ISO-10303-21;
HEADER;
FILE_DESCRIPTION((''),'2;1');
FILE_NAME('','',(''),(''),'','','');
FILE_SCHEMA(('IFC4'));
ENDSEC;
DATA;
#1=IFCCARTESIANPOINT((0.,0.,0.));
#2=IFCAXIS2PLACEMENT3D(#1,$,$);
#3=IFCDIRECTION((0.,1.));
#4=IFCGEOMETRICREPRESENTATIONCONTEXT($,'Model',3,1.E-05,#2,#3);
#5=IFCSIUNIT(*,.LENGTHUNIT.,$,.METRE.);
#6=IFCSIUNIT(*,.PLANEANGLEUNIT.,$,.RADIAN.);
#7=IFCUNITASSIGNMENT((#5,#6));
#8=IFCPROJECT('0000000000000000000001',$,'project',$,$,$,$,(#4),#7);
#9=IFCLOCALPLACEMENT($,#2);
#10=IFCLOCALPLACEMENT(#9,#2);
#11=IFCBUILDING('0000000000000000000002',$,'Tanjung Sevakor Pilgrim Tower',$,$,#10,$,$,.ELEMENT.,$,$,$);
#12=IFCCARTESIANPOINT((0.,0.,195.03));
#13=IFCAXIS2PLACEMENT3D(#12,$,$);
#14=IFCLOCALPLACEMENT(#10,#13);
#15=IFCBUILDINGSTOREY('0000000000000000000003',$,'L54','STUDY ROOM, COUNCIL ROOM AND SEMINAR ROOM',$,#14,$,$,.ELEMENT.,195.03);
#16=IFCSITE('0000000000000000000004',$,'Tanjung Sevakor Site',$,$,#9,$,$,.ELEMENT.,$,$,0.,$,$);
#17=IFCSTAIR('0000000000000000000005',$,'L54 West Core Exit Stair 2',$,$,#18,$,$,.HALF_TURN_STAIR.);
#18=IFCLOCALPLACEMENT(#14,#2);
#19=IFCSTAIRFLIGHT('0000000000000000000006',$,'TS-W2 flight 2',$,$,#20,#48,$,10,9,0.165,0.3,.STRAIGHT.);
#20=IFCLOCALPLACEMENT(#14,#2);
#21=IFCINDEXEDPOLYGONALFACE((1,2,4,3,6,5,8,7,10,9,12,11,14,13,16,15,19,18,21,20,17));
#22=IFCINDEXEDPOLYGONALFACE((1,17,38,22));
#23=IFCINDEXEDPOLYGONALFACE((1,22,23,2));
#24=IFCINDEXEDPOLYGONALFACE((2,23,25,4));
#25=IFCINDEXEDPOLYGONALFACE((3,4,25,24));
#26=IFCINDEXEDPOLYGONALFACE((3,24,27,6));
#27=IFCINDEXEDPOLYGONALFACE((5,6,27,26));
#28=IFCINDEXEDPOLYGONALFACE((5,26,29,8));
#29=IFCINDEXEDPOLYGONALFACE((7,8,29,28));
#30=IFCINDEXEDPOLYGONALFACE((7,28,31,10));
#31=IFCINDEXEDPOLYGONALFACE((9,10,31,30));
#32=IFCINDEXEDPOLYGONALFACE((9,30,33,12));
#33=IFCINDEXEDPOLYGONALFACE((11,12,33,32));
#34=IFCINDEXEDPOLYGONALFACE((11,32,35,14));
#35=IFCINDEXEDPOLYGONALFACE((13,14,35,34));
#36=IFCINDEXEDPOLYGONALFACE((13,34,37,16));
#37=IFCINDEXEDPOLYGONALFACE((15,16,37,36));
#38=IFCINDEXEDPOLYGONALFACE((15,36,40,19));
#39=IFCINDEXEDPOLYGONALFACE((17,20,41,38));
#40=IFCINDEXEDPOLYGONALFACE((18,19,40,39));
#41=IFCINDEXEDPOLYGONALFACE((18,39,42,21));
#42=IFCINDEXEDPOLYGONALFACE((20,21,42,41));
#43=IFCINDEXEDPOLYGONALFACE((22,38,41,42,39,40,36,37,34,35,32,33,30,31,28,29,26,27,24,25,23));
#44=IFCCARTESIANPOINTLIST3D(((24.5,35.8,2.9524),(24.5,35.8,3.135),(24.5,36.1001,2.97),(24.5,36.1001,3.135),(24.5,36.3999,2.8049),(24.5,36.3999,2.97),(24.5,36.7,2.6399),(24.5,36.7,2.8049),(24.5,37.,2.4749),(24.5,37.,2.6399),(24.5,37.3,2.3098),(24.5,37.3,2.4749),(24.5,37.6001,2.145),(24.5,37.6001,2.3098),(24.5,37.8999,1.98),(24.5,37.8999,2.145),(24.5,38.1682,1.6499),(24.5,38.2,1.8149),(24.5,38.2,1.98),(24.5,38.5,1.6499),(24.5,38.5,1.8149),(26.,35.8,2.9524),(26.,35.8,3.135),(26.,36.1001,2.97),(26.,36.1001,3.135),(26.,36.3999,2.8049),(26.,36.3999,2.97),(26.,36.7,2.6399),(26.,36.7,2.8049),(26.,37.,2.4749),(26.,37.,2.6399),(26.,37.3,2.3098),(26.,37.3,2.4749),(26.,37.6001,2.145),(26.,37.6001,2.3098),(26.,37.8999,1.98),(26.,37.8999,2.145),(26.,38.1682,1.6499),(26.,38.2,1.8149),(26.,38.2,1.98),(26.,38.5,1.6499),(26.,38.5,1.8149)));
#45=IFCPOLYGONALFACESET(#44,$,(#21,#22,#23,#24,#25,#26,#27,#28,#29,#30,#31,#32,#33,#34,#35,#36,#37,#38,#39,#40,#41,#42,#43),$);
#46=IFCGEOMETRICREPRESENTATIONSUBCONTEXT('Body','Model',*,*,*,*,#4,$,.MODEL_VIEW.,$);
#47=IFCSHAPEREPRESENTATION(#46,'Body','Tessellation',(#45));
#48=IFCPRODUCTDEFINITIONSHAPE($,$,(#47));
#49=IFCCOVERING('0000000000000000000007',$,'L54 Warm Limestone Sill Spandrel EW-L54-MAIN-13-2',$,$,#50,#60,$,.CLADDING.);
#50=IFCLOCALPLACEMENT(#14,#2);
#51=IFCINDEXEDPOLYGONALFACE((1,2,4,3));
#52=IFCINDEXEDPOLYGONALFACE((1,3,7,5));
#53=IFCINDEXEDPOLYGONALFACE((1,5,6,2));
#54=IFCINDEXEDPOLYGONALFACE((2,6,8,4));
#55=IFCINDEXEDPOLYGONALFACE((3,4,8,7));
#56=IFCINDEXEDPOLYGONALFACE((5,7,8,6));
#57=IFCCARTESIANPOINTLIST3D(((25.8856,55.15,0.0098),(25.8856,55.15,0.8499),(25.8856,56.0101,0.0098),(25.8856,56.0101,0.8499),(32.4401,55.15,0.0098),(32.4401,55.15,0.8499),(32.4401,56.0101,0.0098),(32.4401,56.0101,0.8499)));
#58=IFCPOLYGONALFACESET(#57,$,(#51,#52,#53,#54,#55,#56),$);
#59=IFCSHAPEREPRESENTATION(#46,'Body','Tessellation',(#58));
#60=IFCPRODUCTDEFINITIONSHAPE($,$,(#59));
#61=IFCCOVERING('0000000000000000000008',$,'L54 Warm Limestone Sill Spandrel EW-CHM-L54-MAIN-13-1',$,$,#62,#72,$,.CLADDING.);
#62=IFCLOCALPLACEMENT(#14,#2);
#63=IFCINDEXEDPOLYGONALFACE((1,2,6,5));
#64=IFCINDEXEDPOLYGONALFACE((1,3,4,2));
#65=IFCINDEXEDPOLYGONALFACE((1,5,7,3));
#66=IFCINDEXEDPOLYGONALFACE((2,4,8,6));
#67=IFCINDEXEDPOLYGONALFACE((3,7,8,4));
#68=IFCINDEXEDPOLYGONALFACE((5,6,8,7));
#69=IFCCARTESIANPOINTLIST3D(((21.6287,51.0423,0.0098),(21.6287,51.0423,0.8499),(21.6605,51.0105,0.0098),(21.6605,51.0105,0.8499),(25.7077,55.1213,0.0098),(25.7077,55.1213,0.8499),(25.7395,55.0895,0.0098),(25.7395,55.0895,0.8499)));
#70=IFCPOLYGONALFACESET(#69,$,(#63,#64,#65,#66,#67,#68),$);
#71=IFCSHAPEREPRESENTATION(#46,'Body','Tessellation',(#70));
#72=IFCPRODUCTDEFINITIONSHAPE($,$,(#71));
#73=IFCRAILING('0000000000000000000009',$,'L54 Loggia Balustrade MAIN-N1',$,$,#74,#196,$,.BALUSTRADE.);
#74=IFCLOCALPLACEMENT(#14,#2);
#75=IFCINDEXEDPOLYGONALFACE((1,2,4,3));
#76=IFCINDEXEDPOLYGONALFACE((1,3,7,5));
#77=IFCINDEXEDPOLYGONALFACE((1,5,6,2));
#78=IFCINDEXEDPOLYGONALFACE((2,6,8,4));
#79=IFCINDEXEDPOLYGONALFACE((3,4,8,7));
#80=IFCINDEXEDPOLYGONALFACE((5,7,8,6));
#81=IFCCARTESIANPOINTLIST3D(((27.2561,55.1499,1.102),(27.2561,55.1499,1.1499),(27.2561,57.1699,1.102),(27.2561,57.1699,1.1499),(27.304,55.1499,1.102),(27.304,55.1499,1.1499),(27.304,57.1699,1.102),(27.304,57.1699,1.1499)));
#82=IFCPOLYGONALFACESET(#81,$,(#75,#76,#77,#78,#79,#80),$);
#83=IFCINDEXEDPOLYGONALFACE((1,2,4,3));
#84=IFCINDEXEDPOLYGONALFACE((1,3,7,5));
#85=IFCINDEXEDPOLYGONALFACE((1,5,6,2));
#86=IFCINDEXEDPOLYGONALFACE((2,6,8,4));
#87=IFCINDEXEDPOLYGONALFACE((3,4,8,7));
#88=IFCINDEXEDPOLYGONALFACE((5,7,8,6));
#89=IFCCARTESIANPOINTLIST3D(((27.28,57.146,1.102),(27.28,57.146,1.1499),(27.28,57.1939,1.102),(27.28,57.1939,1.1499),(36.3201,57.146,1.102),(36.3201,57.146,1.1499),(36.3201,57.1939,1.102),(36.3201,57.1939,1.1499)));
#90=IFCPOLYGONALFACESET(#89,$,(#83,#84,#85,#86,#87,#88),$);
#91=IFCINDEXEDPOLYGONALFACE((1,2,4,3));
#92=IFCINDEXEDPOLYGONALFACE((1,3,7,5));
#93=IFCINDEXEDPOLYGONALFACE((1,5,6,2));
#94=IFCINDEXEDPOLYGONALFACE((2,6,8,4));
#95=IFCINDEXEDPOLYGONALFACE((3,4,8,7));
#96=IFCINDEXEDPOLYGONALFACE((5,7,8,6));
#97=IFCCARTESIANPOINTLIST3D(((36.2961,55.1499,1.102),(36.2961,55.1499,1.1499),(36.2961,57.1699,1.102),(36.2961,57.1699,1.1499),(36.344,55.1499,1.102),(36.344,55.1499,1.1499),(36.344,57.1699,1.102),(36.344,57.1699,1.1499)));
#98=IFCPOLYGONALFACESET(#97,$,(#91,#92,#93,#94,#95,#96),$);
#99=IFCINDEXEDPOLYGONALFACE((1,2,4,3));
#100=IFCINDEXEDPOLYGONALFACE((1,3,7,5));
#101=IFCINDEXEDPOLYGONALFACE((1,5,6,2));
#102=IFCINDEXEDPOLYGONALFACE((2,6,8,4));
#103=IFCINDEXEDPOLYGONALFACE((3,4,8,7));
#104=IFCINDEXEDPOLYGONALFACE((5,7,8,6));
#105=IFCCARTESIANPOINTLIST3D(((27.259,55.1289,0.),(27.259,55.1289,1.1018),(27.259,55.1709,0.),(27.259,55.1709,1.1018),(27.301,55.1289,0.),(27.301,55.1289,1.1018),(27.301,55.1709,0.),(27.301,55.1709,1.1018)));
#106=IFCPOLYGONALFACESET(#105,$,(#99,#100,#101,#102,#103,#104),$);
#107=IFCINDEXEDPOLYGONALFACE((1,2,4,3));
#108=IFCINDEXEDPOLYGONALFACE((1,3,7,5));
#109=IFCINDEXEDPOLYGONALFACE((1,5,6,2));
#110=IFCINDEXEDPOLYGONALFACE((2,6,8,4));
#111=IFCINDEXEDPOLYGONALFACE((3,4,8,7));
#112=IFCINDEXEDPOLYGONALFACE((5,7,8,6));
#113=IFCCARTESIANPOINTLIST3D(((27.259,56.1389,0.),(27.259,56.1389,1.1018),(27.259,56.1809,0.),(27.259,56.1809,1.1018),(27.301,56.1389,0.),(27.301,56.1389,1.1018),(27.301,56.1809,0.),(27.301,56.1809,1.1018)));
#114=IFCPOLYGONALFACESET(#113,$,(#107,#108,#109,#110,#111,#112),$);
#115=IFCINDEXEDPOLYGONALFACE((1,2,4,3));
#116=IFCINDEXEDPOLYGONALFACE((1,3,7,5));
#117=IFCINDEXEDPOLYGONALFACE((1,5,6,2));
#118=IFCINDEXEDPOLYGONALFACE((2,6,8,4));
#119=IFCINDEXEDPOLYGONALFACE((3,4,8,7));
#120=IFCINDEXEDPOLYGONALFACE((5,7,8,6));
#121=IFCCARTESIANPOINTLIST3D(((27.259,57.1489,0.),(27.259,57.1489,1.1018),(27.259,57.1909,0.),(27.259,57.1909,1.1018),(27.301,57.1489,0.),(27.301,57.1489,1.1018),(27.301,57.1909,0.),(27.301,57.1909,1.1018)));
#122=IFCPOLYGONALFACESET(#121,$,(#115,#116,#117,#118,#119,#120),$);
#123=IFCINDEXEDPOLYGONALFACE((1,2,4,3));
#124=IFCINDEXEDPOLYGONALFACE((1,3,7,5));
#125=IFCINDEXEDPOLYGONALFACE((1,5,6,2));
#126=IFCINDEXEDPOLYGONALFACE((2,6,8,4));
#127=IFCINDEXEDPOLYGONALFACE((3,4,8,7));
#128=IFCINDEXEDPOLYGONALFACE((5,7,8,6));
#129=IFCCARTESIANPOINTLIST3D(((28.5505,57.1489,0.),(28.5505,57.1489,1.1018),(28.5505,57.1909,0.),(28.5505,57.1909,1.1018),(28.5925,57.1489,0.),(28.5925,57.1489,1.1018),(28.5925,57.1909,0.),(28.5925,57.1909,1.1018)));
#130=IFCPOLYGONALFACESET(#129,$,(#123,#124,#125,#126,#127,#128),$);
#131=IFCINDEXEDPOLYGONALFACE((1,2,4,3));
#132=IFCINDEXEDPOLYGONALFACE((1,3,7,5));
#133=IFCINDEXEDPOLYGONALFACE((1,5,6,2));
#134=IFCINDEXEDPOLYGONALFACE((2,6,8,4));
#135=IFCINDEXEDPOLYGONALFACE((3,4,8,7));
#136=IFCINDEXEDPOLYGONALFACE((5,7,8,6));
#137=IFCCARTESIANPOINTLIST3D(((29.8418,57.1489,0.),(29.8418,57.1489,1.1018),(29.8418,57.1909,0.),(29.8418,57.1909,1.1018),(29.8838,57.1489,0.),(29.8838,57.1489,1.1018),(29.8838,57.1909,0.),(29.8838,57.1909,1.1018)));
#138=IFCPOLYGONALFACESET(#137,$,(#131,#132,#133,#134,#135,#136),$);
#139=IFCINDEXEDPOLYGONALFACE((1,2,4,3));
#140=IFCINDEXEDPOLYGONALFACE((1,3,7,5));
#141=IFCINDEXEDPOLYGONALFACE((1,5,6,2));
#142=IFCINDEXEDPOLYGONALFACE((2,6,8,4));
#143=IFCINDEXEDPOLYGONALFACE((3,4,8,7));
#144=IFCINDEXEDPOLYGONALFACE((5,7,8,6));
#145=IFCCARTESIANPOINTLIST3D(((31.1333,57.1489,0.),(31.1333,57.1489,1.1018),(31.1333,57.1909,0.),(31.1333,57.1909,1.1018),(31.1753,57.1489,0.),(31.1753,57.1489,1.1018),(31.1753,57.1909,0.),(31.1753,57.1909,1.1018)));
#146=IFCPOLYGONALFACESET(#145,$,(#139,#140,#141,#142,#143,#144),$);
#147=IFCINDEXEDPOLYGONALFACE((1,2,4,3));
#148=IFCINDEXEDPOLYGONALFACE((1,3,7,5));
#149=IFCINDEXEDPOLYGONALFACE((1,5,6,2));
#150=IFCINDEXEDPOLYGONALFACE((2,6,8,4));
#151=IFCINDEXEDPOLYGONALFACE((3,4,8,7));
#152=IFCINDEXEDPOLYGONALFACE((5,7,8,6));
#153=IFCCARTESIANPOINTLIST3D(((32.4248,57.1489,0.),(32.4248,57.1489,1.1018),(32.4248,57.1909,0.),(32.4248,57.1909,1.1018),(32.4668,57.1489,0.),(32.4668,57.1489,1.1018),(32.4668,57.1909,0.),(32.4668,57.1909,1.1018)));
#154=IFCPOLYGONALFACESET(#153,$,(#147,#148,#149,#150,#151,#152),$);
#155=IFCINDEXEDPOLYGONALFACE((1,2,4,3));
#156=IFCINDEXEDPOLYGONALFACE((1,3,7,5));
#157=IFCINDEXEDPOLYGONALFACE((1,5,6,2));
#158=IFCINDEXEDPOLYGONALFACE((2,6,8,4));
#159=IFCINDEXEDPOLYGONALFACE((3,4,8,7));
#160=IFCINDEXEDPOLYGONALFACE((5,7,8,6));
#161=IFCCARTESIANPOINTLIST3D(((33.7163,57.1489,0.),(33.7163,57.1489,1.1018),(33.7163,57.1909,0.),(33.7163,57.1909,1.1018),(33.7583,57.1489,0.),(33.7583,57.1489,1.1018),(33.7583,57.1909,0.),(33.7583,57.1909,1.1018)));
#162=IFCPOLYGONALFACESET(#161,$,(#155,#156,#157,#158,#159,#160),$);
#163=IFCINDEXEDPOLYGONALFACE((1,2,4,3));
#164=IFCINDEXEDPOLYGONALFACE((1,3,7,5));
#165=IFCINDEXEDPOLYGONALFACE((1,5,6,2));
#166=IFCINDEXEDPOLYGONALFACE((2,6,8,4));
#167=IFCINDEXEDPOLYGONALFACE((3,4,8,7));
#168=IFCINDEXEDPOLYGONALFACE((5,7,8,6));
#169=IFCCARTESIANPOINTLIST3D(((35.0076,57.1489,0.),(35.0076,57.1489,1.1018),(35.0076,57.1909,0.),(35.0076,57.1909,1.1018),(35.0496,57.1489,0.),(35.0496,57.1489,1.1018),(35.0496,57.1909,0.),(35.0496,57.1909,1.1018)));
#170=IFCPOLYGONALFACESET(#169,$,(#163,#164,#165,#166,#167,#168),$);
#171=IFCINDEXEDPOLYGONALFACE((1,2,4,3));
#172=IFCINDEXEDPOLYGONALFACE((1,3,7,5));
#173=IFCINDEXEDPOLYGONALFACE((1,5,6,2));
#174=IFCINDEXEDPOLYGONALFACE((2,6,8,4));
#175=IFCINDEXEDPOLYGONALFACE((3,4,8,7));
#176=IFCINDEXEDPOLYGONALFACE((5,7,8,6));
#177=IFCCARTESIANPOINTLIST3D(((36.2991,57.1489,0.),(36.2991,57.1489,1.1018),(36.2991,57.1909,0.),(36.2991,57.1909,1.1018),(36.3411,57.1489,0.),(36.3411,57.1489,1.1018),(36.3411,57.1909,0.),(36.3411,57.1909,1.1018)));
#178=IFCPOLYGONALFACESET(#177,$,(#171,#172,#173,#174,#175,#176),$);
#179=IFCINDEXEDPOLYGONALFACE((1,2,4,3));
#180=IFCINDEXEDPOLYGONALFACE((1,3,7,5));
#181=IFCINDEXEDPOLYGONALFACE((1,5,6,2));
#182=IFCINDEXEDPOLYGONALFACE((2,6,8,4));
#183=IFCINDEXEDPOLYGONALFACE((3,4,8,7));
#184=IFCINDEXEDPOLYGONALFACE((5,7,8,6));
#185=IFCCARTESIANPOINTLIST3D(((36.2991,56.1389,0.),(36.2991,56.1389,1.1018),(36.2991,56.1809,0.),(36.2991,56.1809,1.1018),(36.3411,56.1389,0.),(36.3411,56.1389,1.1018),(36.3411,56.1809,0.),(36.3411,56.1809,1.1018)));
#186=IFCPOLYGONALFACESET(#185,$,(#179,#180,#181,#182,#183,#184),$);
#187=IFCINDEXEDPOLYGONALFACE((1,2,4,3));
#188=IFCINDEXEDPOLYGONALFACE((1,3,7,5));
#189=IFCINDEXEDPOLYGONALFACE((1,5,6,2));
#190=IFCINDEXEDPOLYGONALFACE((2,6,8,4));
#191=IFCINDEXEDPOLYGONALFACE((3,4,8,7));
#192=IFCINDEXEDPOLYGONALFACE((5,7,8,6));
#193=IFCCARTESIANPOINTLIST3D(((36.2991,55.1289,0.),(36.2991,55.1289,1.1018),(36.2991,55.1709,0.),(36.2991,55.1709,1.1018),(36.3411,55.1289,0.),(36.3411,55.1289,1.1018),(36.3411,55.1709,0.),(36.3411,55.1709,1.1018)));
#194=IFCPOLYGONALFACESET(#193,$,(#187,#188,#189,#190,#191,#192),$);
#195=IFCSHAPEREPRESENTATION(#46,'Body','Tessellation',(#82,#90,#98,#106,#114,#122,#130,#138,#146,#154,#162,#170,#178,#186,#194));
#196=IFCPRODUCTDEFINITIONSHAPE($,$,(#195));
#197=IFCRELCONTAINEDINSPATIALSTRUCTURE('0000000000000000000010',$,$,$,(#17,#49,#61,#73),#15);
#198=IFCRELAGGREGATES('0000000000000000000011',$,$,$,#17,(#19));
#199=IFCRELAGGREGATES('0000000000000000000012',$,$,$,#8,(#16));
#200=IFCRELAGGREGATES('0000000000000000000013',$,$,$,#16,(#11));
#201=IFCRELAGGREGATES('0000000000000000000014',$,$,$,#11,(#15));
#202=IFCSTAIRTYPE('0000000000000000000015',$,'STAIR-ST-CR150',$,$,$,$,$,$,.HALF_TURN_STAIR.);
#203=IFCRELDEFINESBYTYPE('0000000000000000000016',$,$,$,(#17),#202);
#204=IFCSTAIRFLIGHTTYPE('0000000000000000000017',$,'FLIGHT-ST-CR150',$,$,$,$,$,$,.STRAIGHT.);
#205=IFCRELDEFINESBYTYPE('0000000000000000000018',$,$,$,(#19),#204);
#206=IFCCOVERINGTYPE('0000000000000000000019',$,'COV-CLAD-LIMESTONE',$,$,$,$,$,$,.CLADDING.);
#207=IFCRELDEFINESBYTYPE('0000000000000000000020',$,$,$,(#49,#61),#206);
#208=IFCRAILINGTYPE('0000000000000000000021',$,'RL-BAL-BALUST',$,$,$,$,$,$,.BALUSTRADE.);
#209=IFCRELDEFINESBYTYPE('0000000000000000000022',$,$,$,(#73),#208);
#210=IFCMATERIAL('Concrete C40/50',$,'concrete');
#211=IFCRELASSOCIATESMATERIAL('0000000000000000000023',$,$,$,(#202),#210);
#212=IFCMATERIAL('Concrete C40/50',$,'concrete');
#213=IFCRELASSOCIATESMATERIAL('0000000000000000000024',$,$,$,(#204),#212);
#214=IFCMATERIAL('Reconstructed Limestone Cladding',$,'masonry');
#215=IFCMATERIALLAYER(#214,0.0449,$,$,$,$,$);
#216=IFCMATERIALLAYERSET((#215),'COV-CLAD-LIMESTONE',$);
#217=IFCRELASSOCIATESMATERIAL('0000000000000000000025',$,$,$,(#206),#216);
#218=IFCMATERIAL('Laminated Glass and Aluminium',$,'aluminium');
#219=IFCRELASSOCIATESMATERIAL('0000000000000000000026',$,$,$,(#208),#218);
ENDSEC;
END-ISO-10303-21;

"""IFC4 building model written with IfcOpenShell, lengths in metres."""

from ifc_helpers import new_model, si_unit, direction, frame, origin, origin_2d, place, context, subcontext, project, spatial, polyline, rectangle, outline, extrude, material, layer, layer_set, type_object, element, aggregate, save


model = new_model("IFC4")

# Units and contexts
model_context = context("Model", 3, precision=1e-05, world=origin(), true_north=direction((0.0, 1.0)))
body_context = subcontext(model_context, "Body", "Model", "MODEL_VIEW")
ifc_project = project(units=[si_unit("LENGTHUNIT", "METRE"), si_unit("PLANEANGLEUNIT", "RADIAN")], contexts=[model_context])

# Site, building, storey
site_placement = place(None, origin())
site = spatial("IfcSite", under=ifc_project, at=site_placement, Name="Tanjung Sevakor Site", CompositionType="ELEMENT", RefElevation=0.0)
building_placement = place(site_placement, origin())
building = spatial("IfcBuilding", under=site, at=building_placement, Name="Tanjung Sevakor Pilgrim Tower", CompositionType="ELEMENT")
storey_placement = place(building_placement, frame((0.0, 0.0, 195.03)))
storey = spatial("IfcBuildingStorey", under=building, at=storey_placement, Name="L54", Description="STUDY ROOM, COUNCIL ROOM AND SEMINAR ROOM", CompositionType="ELEMENT", Elevation=195.03)

# Stair, stair flight
ifc_material_1 = material(Name="Concrete C40/50", Category="concrete")
stair_type = type_object("IfcStairType", Name="STAIR-ST-CR150", PredefinedType="HALF_TURN_STAIR", material=ifc_material_1)
stair_placement = place(storey_placement, origin())
stair = element("IfcStair", 1, at=stair_placement, inside=storey, type_object=stair_type, Name="L54 West Core Exit Stair 2", PredefinedType="HALF_TURN_STAIR")
ifc_material_2 = material(Name="Concrete C40/50", Category="concrete")
stair_flight_type = type_object("IfcStairFlightType", Name="FLIGHT-ST-CR150", PredefinedType="STRAIGHT", material=ifc_material_2)
stair_flight_placement = place(storey_placement, frame((25.25, 38.5, 1.6499), z_axis=(0.0, 0.0, 1.0), x_axis=(0.0, -1.0, 0.0)))
stair_flight = element("IfcStairFlight", 2, at=stair_flight_placement, type_object=stair_flight_type, Name="TS-W2 flight 2", NumberOfRisers=10, NumberOfTreads=9, PredefinedType="STRAIGHT", RiserHeight=0.165, TreadLength=0.3, context=body_context, shape_type="SweptSolid", body=[
    extrude(outline(polyline([(0.0, 0.0), (0.0, 0.165), (0.3, 0.165), (0.3, 0.3301), (0.6001, 0.3301), (0.6001, 0.4951), (0.8999, 0.4951), (0.8999, 0.6599), (1.2, 0.6599), (1.2, 0.825), (1.5, 0.825), (1.5, 0.99), (1.8, 0.99), (1.8, 1.155), (2.1001, 1.155), (2.1001, 1.3201), (2.3999, 1.3201), (2.3999, 1.4851), (2.7, 1.4851), (2.7, 1.6499), (2.7, 1.3025), (0.3318, 0.0), (0.0, 0.0)])), frame((0.0, 0.75, 0.0), z_axis=(0.0, -1.0, 0.0), x_axis=(1.0, 0.0, 0.0)), (0.0, 0.0, 1.0), 1.5),
])
aggregate(stair, [stair_flight])

# Coverings
ifc_material_3 = material(Name="Reconstructed Limestone Cladding", Category="masonry")
ifc_layer_1 = layer(ifc_material_3, 0.0449)
ifc_layer_set_1 = layer_set([ifc_layer_1], Name="COV-CLAD-LIMESTONE")
covering_type = type_object("IfcCoveringType", Name="COV-CLAD-LIMESTONE", PredefinedType="CLADDING", material=ifc_layer_set_1)
covering_1_placement = place(storey_placement, frame((29.1628, 55.5801, 0.0098), z_axis=(0.0, 0.0, 1.0), x_axis=(-1.0, 0.0, 0.0)))
element("IfcCovering", 3, at=covering_1_placement, inside=storey, type_object=covering_type, Name="L54 Warm Limestone Sill Spandrel EW-L54-MAIN-13-2", PredefinedType="CLADDING", context=body_context, shape_type="SweptSolid", body=[
    extrude(rectangle(XDim=6.5544, YDim=0.8601, at=origin_2d()), origin(), (0.0, 0.0, 1.0), 0.8401),
])
covering_2_placement = place(storey_placement, frame((23.6841, 53.0659, 0.0098), z_axis=(0.0, 0.0, 1.0), x_axis=(-0.707107, -0.707107, 0.0)))
element("IfcCovering", 4, at=covering_2_placement, inside=storey, type_object=covering_type, Name="L54 Warm Limestone Sill Spandrel EW-CHM-L54-MAIN-13-1", PredefinedType="CLADDING", context=body_context, shape_type="SweptSolid", body=[
    extrude(rectangle(XDim=5.7686, YDim=0.0449, at=origin_2d()), origin(), (0.0, 0.0, 1.0), 0.8401),
])

# Railing
ifc_material_4 = material(Name="Laminated Glass and Aluminium", Category="aluminium")
railing_type_1 = type_object("IfcRailingType", Name="RL-BAL-BALUST", PredefinedType="BALUSTRADE", material=ifc_material_4)
railing_1_placement = place(storey_placement, frame((27.28, 55.1499, 0.0)))
element("IfcRailing", 5, at=railing_1_placement, inside=storey, type_object=railing_type_1, Name="L54 Loggia Balustrade MAIN-N1", PredefinedType="BALUSTRADE", context=body_context, shape_type="SweptSolid", body=[
    extrude(rectangle(XDim=0.0479, YDim=0.0479), frame((0.0, 0.0, 1.126), z_axis=(0.0, 1.0, 0.0), x_axis=(-1.0, 0.0, 0.0)), (0.0, 0.0, 1.0), 2.02),
    extrude(rectangle(XDim=0.0479, YDim=0.0479), frame((0.0, 2.02, 1.126), z_axis=(1.0, 0.0, 0.0), x_axis=(0.0, 1.0, 0.0)), (0.0, 0.0, 1.0), 9.04),
    extrude(rectangle(XDim=0.0479, YDim=0.0479), frame((9.04, 2.02, 1.126), z_axis=(0.0, -1.0, 0.0), x_axis=(1.0, 0.0, 0.0)), (0.0, 0.0, 1.0), 2.02),
    extrude(rectangle(XDim=0.042, YDim=0.042), origin(), (0.0, 0.0, 1.0), 1.1018),
    extrude(rectangle(XDim=0.042, YDim=0.042), frame((0.0, 1.01, 0.0)), (0.0, 0.0, 1.0), 1.1018),
    extrude(rectangle(XDim=0.042, YDim=0.042), frame((0.0, 2.02, 0.0)), (0.0, 0.0, 1.0), 1.1018),
    extrude(rectangle(XDim=0.042, YDim=0.042), frame((1.2915, 2.02, 0.0)), (0.0, 0.0, 1.0), 1.1018),
    extrude(rectangle(XDim=0.042, YDim=0.042), frame((2.5828, 2.02, 0.0)), (0.0, 0.0, 1.0), 1.1018),
    extrude(rectangle(XDim=0.042, YDim=0.042), frame((3.8743, 2.02, 0.0)), (0.0, 0.0, 1.0), 1.1018),
    extrude(rectangle(XDim=0.042, YDim=0.042), frame((5.1658, 2.02, 0.0)), (0.0, 0.0, 1.0), 1.1018),
    extrude(rectangle(XDim=0.042, YDim=0.042), frame((6.4573, 2.02, 0.0)), (0.0, 0.0, 1.0), 1.1018),
    extrude(rectangle(XDim=0.042, YDim=0.042), frame((7.7485, 2.02, 0.0)), (0.0, 0.0, 1.0), 1.1018),
    extrude(rectangle(XDim=0.042, YDim=0.042), frame((9.04, 2.02, 0.0)), (0.0, 0.0, 1.0), 1.1018),
    extrude(rectangle(XDim=0.042, YDim=0.042), frame((9.04, 1.01, 0.0)), (0.0, 0.0, 1.0), 1.1018),
    extrude(rectangle(XDim=0.042, YDim=0.042), frame((9.04, 0.0, 0.0)), (0.0, 0.0, 1.0), 1.1018),
])

save(model, "model.ifc")
